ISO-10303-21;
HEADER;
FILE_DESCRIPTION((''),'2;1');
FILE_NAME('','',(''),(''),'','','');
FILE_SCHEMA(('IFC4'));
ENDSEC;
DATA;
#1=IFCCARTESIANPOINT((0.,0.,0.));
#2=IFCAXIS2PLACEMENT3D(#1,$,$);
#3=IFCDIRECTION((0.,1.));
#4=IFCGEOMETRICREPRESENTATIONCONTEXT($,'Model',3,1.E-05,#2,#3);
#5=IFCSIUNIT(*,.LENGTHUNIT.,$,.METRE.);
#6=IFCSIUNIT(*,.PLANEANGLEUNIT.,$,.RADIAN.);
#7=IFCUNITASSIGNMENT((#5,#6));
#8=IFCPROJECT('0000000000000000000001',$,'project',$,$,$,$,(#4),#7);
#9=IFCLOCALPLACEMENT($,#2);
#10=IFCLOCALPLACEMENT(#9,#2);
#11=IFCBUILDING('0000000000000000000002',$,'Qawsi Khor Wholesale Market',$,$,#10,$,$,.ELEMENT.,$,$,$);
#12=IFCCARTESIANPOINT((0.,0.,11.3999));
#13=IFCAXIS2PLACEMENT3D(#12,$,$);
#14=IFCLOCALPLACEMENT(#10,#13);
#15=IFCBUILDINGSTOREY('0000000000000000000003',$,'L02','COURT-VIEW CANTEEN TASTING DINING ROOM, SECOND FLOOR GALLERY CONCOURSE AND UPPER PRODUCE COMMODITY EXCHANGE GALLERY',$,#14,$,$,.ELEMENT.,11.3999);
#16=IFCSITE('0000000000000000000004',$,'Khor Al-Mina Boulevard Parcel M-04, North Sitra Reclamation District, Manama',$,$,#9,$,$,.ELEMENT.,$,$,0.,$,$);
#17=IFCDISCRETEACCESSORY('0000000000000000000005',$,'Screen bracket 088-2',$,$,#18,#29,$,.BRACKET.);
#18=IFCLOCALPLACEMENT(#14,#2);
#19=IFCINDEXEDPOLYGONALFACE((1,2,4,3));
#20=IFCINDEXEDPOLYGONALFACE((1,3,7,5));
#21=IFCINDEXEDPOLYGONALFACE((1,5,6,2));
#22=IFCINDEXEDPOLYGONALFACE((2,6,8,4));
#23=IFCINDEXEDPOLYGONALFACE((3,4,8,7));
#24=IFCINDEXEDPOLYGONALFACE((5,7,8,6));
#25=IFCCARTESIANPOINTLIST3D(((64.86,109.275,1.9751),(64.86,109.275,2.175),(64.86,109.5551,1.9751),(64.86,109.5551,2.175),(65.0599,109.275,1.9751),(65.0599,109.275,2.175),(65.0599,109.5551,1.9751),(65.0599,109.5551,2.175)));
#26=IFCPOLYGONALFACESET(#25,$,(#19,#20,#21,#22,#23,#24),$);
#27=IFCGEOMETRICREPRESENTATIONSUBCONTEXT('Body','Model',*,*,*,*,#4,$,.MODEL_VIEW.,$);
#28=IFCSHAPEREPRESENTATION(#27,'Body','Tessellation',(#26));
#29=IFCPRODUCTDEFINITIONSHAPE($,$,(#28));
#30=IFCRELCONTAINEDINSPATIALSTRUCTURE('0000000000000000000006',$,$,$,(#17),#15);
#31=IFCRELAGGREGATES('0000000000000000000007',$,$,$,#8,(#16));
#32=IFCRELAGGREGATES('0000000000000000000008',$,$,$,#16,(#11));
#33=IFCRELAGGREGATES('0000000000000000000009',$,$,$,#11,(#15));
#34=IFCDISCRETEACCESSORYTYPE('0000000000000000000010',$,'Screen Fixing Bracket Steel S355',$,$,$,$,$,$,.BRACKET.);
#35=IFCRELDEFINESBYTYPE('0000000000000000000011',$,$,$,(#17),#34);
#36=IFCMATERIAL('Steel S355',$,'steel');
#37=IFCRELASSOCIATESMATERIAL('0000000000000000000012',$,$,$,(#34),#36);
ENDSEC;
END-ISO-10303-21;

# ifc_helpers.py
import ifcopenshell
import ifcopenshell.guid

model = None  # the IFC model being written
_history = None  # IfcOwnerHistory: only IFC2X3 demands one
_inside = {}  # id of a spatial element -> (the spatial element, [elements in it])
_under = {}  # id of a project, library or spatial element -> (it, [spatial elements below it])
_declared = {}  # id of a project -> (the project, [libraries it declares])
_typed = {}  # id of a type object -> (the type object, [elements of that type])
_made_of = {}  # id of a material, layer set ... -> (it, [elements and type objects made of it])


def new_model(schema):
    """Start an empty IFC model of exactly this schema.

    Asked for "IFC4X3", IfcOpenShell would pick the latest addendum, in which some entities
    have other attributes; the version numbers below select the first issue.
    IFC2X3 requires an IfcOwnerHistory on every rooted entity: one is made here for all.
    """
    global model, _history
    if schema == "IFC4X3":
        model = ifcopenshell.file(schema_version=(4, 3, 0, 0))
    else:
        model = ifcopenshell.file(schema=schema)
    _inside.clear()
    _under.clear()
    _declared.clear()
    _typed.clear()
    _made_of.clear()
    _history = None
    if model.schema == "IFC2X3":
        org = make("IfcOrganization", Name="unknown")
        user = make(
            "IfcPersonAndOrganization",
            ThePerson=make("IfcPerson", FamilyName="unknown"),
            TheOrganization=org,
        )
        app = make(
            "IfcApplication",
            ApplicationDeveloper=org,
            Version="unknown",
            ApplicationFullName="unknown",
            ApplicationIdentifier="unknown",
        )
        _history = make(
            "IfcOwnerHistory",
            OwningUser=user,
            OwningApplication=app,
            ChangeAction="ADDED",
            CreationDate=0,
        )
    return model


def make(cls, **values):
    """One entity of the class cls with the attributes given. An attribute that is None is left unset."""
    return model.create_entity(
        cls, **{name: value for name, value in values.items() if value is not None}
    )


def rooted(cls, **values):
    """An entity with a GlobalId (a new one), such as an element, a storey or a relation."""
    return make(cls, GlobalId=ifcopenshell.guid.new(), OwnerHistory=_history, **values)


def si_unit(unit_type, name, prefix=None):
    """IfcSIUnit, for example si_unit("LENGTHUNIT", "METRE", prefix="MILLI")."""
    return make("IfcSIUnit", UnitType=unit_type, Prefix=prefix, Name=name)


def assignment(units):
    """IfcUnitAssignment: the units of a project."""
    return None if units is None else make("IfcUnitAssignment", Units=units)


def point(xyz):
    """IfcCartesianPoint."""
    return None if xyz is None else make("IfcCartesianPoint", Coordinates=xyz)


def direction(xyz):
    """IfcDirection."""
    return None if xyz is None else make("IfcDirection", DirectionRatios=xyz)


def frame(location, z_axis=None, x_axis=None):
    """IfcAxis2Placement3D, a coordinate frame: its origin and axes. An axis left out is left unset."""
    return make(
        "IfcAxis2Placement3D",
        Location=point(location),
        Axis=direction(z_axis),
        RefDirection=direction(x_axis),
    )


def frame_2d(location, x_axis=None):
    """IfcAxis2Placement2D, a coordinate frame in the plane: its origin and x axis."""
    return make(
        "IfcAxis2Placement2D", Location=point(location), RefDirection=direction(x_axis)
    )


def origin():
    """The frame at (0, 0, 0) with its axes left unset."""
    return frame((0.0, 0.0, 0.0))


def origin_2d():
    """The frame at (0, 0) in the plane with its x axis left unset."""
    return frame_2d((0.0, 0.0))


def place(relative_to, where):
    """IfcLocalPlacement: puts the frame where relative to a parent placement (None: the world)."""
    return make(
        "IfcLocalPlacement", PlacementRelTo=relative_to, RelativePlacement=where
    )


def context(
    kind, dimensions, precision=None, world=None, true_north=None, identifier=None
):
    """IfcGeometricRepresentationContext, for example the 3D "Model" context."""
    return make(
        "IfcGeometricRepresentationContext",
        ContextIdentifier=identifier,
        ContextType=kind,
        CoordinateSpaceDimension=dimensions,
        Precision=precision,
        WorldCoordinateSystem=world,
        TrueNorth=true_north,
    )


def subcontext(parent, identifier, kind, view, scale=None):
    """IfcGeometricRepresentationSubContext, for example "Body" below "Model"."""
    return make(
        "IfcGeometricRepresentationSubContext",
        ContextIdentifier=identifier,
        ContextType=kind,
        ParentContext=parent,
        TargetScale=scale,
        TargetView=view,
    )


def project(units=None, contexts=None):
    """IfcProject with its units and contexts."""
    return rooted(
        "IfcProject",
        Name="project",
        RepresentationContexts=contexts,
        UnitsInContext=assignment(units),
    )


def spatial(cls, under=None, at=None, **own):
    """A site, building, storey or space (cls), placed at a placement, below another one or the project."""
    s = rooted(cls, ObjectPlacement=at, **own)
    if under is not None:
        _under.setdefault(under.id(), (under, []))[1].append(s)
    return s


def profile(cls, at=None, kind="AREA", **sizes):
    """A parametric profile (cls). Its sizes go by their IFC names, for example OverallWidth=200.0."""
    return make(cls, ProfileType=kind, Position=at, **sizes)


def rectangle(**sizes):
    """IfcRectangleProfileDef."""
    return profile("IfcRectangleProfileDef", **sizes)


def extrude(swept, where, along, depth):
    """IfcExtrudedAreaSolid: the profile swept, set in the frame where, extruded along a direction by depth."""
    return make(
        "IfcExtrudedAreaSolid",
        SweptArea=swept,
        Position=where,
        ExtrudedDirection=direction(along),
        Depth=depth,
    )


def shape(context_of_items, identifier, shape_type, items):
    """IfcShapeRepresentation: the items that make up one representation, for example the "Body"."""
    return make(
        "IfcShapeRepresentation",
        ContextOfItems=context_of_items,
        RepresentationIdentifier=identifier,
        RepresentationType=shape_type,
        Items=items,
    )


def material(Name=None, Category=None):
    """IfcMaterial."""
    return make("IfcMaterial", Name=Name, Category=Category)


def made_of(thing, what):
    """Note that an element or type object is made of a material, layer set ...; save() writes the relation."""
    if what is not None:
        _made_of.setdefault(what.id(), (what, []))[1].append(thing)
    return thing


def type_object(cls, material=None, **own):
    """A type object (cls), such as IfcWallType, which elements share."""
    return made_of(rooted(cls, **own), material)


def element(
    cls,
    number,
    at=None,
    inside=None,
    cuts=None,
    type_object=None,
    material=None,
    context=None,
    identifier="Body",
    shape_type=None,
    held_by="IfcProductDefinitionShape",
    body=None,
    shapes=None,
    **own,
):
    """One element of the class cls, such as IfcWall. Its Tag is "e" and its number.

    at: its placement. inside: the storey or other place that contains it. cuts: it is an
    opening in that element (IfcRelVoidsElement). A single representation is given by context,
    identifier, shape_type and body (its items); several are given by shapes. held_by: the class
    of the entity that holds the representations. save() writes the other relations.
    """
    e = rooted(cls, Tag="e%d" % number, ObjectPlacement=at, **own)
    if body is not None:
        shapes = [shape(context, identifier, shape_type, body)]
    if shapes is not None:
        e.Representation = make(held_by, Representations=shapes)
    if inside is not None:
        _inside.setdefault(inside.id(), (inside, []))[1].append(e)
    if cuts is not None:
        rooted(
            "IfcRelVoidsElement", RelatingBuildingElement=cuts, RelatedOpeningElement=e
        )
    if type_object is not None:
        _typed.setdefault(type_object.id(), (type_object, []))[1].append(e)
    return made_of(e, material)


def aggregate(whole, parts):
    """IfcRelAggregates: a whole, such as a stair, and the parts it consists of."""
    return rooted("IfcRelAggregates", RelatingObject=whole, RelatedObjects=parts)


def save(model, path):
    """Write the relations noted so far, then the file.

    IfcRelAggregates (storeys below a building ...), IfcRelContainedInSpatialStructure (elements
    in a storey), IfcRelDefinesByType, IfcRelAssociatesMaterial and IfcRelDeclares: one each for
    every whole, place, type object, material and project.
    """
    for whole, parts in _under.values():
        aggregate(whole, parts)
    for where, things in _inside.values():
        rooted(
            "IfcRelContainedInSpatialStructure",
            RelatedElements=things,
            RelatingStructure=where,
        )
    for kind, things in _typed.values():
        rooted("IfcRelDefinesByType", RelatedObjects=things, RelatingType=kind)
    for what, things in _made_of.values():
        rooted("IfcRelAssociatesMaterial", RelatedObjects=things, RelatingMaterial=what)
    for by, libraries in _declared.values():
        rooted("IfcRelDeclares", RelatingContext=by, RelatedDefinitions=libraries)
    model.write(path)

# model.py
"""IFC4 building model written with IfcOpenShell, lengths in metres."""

from ifc_helpers import new_model, si_unit, direction, frame, origin, origin_2d, place, context, subcontext, project, spatial, rectangle, extrude, material, type_object, element, save


model = new_model("IFC4")

# Units and contexts
model_context = context("Model", 3, precision=1e-05, world=origin(), true_north=direction((0.0, 1.0)))
body_context = subcontext(model_context, "Body", "Model", "MODEL_VIEW")
ifc_project = project(units=[si_unit("LENGTHUNIT", "METRE"), si_unit("PLANEANGLEUNIT", "RADIAN")], contexts=[model_context])

# Site, building, storey
site_placement = place(None, origin())
site = spatial("IfcSite", under=ifc_project, at=site_placement, Name="Khor Al-Mina Boulevard Parcel M-04, North Sitra Reclamation District, Manama", CompositionType="ELEMENT", RefElevation=0.0)
building_placement = place(site_placement, origin())
building = spatial("IfcBuilding", under=site, at=building_placement, Name="Qawsi Khor Wholesale Market", CompositionType="ELEMENT")
storey_placement = place(building_placement, frame((0.0, 0.0, 11.3999)))
storey = spatial("IfcBuildingStorey", under=building, at=storey_placement, Name="L02", Description="COURT-VIEW CANTEEN TASTING DINING ROOM, SECOND FLOOR GALLERY CONCOURSE AND UPPER PRODUCE COMMODITY EXCHANGE GALLERY", CompositionType="ELEMENT", Elevation=11.3999)

# Shared definitions
ifc_material_1 = material(Name="Steel S355", Category="steel")

# Discrete accessory
discrete_accessory_type = type_object("IfcDiscreteAccessoryType", Name="Screen Fixing Bracket Steel S355", PredefinedType="BRACKET", material=ifc_material_1)
for number, where, z_axis, x_axis, name in (
    (1, (64.96, 109.415, 1.9751), (0.0, 0.0, 1.0), (1.0, 0.0, 0.0), "Screen bracket 088-2"),
):
    element("IfcDiscreteAccessory", number, at=place(storey_placement, frame(where, z_axis=z_axis, x_axis=x_axis)), inside=storey, type_object=discrete_accessory_type, Name=name, PredefinedType="BRACKET", context=body_context, shape_type="SweptSolid", body=[
        extrude(rectangle(XDim=0.2, YDim=0.28, at=origin_2d()), origin(), (0.0, 0.0, 1.0), 0.2),
    ])

save(model, "model.ifc")
